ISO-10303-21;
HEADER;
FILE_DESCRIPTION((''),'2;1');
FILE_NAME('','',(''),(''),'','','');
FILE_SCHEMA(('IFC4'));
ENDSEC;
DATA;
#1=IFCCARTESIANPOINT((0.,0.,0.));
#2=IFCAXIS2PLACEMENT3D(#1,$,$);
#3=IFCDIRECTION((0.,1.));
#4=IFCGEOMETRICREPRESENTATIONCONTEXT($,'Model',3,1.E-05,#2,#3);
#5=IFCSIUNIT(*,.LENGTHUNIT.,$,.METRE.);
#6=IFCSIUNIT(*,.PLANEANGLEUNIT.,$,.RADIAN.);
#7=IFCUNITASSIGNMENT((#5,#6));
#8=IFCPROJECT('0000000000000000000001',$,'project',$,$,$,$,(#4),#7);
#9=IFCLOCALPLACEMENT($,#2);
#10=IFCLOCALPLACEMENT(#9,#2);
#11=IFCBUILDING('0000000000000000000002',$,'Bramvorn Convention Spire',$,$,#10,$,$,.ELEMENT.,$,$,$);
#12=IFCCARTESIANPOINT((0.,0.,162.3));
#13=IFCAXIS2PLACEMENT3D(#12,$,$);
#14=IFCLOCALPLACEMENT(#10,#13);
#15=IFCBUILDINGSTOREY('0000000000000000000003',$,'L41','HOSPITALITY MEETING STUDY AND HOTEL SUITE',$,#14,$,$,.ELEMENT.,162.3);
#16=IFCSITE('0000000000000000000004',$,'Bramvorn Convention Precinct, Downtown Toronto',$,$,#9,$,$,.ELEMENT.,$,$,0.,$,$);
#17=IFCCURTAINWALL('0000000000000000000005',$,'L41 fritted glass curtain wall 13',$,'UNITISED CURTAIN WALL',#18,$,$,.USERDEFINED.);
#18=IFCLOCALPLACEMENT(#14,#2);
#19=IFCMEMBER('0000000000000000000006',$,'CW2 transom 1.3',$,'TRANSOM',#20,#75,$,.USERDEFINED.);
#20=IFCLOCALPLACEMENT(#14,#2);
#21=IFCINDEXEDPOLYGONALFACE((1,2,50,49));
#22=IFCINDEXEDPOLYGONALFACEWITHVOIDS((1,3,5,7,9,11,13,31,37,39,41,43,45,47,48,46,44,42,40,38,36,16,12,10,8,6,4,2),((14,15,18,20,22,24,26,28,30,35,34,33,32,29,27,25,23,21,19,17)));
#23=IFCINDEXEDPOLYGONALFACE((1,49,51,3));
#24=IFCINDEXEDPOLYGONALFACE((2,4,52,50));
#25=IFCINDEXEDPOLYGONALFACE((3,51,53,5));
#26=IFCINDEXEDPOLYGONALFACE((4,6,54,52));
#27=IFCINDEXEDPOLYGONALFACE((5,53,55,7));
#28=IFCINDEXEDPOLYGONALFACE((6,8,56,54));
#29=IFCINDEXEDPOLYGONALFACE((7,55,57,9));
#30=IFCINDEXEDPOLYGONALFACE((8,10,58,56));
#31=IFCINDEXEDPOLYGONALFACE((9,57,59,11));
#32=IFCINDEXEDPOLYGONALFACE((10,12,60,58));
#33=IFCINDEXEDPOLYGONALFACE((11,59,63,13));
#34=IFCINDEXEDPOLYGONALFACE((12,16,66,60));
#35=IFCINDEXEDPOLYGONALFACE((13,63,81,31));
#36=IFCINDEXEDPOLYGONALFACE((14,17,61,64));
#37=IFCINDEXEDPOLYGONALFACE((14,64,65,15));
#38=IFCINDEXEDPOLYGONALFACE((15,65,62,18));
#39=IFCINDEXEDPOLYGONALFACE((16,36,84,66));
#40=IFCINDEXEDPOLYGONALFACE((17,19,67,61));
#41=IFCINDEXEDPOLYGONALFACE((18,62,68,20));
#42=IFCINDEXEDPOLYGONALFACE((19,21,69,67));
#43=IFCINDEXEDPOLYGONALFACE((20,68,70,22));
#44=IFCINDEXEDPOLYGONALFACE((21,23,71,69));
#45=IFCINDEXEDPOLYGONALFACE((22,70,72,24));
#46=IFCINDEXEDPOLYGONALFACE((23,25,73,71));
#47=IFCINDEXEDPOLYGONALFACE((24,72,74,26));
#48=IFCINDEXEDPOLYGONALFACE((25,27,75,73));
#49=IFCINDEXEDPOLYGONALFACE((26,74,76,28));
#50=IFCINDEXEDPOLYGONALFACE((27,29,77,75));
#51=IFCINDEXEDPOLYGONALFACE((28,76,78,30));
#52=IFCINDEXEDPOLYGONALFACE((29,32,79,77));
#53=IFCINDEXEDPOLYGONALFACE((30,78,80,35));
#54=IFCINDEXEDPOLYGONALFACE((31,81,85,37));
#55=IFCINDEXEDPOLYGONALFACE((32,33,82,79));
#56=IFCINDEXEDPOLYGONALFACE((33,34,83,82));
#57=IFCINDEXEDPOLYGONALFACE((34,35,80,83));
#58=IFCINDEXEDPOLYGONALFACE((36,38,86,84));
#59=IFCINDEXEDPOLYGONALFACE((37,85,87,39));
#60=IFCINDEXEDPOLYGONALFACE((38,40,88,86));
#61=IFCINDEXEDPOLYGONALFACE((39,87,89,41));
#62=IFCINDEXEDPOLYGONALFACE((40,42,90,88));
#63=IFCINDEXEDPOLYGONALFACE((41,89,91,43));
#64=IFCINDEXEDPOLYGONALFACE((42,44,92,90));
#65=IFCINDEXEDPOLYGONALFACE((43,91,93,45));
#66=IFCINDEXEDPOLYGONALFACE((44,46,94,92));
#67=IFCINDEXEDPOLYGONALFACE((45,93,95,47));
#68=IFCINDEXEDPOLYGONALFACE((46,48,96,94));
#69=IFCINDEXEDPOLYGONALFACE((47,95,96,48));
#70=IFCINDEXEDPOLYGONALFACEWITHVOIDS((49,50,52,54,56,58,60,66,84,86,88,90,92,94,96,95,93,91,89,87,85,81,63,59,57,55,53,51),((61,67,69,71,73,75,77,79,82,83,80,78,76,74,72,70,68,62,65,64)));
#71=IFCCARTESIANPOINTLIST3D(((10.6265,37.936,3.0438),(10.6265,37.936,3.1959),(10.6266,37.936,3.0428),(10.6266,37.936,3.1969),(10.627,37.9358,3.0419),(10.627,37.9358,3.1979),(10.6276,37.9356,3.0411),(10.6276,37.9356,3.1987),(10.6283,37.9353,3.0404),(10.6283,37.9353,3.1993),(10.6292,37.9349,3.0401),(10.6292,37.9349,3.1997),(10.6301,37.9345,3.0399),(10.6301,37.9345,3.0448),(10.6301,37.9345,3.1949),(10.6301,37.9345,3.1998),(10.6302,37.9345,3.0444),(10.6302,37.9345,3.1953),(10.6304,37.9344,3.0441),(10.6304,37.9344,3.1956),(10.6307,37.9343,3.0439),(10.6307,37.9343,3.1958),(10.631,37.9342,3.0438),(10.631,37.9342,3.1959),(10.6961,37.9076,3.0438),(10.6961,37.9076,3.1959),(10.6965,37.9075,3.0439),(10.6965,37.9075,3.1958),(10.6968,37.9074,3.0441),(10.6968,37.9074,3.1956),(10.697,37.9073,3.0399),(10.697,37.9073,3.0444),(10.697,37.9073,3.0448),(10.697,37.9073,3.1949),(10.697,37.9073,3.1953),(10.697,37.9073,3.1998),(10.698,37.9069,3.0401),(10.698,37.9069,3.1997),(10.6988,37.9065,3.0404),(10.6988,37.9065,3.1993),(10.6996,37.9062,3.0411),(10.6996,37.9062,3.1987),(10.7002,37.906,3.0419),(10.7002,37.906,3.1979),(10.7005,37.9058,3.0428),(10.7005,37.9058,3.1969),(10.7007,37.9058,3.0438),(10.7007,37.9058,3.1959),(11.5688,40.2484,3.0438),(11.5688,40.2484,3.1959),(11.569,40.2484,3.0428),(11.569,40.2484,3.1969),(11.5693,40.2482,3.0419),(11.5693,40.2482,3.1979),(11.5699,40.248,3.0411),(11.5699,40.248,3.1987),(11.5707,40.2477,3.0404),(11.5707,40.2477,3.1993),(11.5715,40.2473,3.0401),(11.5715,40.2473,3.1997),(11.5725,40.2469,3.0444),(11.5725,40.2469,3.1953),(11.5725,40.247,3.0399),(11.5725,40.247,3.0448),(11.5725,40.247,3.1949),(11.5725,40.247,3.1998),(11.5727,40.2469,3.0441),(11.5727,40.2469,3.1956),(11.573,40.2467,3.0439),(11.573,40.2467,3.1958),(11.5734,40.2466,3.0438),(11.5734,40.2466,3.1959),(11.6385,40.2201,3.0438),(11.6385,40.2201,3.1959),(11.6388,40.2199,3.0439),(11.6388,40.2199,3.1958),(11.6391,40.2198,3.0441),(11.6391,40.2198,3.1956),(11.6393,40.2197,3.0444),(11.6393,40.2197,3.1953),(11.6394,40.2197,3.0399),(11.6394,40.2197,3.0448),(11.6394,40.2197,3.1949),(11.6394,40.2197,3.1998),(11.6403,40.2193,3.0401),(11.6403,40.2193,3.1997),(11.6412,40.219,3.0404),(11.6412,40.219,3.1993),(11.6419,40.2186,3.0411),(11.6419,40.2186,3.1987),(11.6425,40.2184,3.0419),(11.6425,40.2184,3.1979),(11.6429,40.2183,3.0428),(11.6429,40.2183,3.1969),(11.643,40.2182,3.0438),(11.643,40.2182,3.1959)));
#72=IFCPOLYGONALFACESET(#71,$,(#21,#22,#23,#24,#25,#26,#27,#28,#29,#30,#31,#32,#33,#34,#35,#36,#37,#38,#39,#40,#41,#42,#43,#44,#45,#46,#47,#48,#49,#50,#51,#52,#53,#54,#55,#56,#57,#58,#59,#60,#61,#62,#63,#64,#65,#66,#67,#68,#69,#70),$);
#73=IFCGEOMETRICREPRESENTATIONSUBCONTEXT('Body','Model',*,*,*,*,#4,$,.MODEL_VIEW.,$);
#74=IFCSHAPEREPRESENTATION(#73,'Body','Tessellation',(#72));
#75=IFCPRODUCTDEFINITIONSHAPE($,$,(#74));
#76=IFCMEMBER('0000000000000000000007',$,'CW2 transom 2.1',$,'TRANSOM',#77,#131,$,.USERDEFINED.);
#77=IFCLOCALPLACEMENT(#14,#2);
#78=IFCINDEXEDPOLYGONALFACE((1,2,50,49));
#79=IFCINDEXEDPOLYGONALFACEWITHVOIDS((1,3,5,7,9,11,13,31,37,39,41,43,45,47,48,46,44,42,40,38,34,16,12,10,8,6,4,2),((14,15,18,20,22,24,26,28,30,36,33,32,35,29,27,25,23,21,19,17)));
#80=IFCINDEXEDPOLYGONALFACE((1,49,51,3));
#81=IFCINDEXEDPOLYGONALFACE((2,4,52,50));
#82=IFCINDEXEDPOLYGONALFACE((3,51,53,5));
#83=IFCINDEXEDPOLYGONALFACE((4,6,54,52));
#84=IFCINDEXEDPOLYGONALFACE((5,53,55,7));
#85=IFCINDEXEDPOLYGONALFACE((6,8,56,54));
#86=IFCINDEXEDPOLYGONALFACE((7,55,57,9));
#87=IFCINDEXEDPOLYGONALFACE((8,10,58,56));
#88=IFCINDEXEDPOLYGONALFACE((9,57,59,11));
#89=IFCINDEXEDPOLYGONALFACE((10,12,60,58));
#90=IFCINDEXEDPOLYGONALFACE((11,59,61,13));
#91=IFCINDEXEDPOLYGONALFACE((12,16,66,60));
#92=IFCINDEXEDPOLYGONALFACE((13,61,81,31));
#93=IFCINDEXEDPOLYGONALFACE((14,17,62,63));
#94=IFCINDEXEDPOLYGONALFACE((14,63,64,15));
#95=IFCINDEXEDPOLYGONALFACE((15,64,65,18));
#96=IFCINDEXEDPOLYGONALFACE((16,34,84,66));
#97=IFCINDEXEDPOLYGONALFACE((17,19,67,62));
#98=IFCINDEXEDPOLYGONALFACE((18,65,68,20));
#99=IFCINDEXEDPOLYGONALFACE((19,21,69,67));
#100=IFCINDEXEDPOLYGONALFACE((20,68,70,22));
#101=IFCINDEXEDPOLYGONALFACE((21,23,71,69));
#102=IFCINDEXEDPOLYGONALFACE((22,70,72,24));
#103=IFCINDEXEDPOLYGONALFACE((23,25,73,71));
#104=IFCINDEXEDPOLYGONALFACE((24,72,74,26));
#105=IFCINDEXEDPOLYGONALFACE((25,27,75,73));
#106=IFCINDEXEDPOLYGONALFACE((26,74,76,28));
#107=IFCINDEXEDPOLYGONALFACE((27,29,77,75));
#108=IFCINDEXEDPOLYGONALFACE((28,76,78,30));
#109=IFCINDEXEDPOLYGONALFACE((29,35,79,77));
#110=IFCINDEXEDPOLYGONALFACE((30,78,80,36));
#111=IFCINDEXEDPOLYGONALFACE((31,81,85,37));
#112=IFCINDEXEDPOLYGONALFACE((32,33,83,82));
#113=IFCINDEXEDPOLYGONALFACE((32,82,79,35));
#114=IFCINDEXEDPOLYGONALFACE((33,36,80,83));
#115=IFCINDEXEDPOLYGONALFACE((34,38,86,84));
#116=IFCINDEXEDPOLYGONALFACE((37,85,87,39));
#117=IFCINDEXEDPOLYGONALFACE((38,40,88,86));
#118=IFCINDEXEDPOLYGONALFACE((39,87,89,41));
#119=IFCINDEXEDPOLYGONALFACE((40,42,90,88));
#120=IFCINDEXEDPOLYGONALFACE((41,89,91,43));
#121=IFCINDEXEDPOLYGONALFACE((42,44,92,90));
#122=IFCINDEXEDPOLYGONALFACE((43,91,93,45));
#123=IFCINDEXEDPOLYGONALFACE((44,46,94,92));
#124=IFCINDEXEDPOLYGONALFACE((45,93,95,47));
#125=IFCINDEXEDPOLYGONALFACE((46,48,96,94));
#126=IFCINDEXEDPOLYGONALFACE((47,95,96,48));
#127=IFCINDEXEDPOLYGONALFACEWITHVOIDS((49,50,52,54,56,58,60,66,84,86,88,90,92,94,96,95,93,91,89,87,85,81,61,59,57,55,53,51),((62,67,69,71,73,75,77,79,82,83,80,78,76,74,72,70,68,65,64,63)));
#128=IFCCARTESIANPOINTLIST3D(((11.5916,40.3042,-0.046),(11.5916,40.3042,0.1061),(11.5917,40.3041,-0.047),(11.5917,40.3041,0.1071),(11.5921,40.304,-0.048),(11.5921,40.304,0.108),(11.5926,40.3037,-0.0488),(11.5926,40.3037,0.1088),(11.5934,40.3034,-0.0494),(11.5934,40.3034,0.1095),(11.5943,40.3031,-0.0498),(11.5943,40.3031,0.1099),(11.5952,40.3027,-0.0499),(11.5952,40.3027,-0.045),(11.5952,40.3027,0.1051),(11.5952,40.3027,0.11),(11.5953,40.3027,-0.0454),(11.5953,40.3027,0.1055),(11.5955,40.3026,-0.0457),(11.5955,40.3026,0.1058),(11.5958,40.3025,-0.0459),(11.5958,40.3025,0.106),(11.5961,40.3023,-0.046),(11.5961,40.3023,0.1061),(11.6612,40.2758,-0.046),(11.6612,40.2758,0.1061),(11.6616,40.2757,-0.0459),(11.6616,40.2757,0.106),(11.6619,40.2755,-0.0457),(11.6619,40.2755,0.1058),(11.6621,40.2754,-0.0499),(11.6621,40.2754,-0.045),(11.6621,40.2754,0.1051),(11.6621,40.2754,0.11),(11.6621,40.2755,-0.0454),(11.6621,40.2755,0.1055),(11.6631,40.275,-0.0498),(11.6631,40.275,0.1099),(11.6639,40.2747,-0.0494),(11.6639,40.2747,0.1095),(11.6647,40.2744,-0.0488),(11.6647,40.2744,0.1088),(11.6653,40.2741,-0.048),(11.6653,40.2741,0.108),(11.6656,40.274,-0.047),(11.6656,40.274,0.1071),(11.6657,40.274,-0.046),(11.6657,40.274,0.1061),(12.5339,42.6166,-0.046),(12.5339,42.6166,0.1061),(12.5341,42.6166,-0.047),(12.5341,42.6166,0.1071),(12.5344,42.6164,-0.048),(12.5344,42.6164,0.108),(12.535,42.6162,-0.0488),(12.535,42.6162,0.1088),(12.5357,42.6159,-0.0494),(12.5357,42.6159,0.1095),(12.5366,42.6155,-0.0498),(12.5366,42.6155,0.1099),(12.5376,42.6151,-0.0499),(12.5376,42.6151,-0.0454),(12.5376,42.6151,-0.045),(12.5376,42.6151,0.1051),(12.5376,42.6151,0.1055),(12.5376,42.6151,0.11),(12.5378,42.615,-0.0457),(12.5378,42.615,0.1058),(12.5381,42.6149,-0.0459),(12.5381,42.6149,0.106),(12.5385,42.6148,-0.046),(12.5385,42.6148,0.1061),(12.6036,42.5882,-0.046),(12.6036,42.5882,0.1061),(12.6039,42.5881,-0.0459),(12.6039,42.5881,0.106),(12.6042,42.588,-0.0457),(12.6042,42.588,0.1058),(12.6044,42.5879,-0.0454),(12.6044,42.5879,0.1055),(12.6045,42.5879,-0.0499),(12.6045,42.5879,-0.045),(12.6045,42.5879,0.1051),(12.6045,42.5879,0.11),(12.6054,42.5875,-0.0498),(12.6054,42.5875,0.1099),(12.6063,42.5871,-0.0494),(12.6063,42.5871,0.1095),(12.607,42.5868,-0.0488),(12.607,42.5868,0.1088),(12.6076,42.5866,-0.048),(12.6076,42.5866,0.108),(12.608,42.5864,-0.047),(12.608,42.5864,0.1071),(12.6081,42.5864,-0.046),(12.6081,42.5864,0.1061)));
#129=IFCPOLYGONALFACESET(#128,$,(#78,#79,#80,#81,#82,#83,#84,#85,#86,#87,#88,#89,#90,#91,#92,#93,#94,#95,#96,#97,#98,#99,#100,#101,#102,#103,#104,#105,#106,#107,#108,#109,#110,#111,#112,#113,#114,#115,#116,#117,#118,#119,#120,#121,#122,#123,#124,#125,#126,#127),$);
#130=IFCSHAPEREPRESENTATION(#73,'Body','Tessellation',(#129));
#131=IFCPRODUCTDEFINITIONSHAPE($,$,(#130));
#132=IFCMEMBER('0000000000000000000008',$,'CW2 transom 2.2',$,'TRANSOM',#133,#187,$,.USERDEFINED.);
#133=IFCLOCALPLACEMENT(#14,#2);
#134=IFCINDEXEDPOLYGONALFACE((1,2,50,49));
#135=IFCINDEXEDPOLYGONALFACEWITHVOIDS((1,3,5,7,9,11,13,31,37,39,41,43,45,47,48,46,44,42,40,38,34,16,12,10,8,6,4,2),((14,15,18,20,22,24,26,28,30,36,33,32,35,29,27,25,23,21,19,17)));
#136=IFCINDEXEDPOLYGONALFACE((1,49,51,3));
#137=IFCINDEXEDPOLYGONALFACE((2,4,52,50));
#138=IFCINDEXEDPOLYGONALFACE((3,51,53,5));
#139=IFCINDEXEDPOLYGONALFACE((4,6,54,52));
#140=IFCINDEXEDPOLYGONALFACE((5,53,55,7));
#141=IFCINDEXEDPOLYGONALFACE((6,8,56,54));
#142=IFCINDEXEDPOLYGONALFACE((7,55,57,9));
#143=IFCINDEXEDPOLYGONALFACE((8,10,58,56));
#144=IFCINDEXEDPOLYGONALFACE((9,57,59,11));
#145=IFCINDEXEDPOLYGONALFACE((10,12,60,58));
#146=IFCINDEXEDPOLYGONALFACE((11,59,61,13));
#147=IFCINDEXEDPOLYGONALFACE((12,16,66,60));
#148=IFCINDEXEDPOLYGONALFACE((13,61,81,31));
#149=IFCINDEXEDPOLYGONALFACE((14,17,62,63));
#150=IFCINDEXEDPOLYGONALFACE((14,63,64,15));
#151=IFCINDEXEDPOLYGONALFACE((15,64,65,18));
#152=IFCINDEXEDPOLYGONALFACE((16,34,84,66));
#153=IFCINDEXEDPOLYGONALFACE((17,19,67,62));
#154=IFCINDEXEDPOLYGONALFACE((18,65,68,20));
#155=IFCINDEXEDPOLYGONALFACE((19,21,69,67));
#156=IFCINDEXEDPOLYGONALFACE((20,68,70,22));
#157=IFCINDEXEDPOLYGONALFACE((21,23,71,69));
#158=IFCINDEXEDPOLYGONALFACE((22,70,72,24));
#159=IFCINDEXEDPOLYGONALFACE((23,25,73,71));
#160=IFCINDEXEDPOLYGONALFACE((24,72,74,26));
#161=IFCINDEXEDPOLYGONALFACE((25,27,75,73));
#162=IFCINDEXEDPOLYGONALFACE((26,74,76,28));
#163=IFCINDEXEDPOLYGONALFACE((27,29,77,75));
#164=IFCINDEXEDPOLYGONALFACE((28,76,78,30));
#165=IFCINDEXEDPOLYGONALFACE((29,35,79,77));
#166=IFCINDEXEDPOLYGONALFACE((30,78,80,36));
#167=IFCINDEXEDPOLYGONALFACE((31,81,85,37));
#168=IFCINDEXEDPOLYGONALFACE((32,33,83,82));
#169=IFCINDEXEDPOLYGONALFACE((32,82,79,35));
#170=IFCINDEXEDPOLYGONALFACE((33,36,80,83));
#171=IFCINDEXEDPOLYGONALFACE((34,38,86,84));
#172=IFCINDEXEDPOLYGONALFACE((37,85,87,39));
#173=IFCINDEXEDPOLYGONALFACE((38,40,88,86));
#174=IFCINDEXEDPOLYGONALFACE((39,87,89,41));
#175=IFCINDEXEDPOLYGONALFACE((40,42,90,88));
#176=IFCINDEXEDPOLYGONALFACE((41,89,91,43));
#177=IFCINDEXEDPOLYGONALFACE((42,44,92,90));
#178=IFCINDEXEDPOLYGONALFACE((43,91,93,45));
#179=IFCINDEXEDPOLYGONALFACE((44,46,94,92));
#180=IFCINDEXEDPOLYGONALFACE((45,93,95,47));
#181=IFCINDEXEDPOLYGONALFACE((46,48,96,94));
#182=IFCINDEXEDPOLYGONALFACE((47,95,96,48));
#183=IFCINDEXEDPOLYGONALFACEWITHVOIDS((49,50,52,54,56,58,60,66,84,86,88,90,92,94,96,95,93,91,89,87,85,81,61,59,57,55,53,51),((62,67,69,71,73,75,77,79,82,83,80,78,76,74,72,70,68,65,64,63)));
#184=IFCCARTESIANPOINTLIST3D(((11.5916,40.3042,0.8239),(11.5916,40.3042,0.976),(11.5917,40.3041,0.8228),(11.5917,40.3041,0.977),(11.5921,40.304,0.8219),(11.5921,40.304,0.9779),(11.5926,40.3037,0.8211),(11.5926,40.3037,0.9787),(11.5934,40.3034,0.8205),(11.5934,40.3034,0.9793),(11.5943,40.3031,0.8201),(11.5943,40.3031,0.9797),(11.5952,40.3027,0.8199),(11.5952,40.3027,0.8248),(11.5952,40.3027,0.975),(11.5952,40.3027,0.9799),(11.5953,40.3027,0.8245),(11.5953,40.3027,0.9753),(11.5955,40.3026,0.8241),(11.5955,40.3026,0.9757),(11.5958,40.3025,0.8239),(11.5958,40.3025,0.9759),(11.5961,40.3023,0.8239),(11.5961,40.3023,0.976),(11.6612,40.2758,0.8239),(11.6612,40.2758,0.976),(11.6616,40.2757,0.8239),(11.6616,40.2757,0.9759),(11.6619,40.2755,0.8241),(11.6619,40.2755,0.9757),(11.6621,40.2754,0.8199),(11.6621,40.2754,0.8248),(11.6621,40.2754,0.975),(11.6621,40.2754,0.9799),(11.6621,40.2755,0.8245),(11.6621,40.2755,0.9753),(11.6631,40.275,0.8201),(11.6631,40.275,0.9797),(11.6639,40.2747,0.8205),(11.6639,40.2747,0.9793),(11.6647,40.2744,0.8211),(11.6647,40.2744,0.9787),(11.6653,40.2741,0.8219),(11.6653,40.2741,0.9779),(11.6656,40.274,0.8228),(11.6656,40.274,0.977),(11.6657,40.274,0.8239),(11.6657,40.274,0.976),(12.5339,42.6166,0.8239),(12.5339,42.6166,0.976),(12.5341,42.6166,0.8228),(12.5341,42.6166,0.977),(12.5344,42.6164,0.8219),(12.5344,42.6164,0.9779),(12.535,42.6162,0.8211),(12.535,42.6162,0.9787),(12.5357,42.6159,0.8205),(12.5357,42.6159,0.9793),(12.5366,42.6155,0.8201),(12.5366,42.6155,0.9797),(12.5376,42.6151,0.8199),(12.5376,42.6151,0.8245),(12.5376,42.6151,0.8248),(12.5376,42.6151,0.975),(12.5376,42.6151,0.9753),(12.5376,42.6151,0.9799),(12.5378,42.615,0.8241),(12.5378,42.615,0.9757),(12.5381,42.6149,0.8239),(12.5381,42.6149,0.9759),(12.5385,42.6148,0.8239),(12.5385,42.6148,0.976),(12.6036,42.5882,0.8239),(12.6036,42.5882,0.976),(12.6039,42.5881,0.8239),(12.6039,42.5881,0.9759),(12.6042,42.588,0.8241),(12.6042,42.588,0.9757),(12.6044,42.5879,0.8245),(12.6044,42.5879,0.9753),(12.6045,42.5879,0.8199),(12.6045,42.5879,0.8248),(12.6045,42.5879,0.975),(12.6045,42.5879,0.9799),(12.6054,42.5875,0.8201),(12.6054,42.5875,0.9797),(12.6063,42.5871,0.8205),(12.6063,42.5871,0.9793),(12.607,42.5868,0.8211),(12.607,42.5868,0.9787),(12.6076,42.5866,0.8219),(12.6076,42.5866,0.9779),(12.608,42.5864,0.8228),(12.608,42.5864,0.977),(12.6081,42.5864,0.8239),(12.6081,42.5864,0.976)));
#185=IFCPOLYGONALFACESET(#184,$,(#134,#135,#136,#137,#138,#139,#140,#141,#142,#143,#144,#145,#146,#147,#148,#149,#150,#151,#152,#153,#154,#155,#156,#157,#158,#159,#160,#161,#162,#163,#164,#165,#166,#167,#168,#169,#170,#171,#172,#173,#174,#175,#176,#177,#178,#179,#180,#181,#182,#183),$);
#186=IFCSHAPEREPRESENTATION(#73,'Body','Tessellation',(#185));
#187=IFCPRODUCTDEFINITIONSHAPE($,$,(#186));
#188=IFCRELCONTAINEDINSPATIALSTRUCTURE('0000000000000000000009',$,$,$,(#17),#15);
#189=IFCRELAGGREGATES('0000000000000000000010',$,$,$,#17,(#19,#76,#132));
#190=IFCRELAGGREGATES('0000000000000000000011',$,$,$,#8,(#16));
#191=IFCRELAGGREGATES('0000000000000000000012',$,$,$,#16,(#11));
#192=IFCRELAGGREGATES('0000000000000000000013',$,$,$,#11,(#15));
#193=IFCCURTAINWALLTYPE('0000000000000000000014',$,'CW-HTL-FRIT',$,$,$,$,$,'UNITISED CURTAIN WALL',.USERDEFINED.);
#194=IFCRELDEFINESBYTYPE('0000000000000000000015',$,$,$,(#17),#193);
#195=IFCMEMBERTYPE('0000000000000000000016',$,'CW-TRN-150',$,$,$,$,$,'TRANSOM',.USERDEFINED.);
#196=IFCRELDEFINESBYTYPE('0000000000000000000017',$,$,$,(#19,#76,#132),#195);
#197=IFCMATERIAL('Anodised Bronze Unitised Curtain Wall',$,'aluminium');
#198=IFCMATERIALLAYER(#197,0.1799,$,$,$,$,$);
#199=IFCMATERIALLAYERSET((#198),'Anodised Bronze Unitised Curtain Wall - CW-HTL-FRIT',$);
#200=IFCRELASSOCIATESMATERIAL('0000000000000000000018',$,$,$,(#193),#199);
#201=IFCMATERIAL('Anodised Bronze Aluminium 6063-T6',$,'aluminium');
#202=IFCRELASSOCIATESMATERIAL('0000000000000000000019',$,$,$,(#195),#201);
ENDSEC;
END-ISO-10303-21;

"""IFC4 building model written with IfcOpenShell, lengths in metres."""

from ifc_helpers import new_model, si_unit, direction, frame, origin, origin_2d, place, context, subcontext, project, spatial, hollow_rectangle, extrude, material, layer, layer_set, material_profile, profile_set, type_object, element, aggregate, save


model = new_model("IFC4")

# Units and contexts
model_context = context("Model", 3, precision=1e-05, world=origin(), true_north=direction((0.0, 1.0)))
body_context = subcontext(model_context, "Body", "Model", "MODEL_VIEW")
ifc_project = project(units=[si_unit("LENGTHUNIT", "METRE"), si_unit("PLANEANGLEUNIT", "RADIAN")], contexts=[model_context])

# Site, building, storey
site_placement = place(None, origin())
site = spatial("IfcSite", under=ifc_project, at=site_placement, Name="Bramvorn Convention Precinct, Downtown Toronto", CompositionType="ELEMENT", RefElevation=0.0)
building_placement = place(site_placement, origin())
building = spatial("IfcBuilding", under=site, at=building_placement, Name="Bramvorn Convention Spire", CompositionType="ELEMENT")
storey_placement = place(building_placement, frame((0.0, 0.0, 162.3)))
storey = spatial("IfcBuildingStorey", under=building, at=storey_placement, Name="L41", Description="HOSPITALITY MEETING STUDY AND HOTEL SUITE", CompositionType="ELEMENT", Elevation=162.3)

# Shared definitions
ifc_material_1 = material(Name="Anodised Bronze Unitised Curtain Wall", Category="aluminium")
ifc_layer_1 = layer(ifc_material_1, 0.1799)
ifc_layer_set_1 = layer_set([ifc_layer_1], Name="Anodised Bronze Unitised Curtain Wall - CW-HTL-FRIT")
curtain_wall_type = type_object("IfcCurtainWallType", Name="CW-HTL-FRIT", ElementType="UNITISED CURTAIN WALL", PredefinedType="USERDEFINED", material=ifc_layer_set_1)
ifc_material_2 = material(Name="Anodised Bronze Aluminium 6063-T6", Category="aluminium")

# Curtain wall
curtain_wall_1_placement = place(storey_placement, origin())
curtain_wall_1 = element("IfcCurtainWall", 1, at=curtain_wall_1_placement, inside=storey, type_object=curtain_wall_type, Name="L41 fritted glass curtain wall 13", ObjectType="UNITISED CURTAIN WALL", PredefinedType="USERDEFINED")

# Members
ifc_material_profile_1 = material_profile(ifc_material_2, hollow_rectangle(XDim=0.0801, YDim=0.1599, WallThickness=0.0039, InnerFilletRadius=0.001, OuterFilletRadius=0.0039, at=origin_2d()))
ifc_profile_set_1 = profile_set([ifc_material_profile_1], Name="Anodised Bronze Aluminium 6063-T6 - CWT80X160")
member_type_1 = type_object("IfcMemberType", Name="CW-TRN-150", ElementType="TRANSOM", PredefinedType="USERDEFINED", material=ifc_profile_set_1)
member_1_placement = place(storey_placement, frame((10.6636, 37.9209, 3.1199), z_axis=(0.377384, 0.926057, 0.0), x_axis=(-0.926057, 0.377384, 0.0)))
member_1 = element("IfcMember", 2, at=member_1_placement, type_object=member_type_1, Name="CW2 transom 1.3", ObjectType="TRANSOM", PredefinedType="USERDEFINED", context=body_context, shape_type="SweptSolid", body=[
    extrude(hollow_rectangle(XDim=0.0801, YDim=0.1599, WallThickness=0.0039, InnerFilletRadius=0.001, OuterFilletRadius=0.0039, at=origin_2d()), origin(), (0.0, 0.0, 1.0), 2.4971),
])
member_2_placement = place(storey_placement, frame((11.6287, 40.2891, 0.03), z_axis=(0.377384, 0.926057, 0.0), x_axis=(-0.926057, 0.377384, 0.0)))
member_2 = element("IfcMember", 3, at=member_2_placement, type_object=member_type_1, Name="CW2 transom 2.1", ObjectType="TRANSOM", PredefinedType="USERDEFINED", context=body_context, shape_type="SweptSolid", body=[
    extrude(hollow_rectangle(XDim=0.0801, YDim=0.1599, WallThickness=0.0039, InnerFilletRadius=0.001, OuterFilletRadius=0.0039, at=origin_2d()), origin(), (0.0, 0.0, 1.0), 2.4971),
])
member_3_placement = place(storey_placement, frame((11.6287, 40.2891, 0.8999), z_axis=(0.377384, 0.926057, 0.0), x_axis=(-0.926057, 0.377384, 0.0)))
member_3 = element("IfcMember", 4, at=member_3_placement, type_object=member_type_1, Name="CW2 transom 2.2", ObjectType="TRANSOM", PredefinedType="USERDEFINED", context=body_context, shape_type="SweptSolid", body=[
    extrude(hollow_rectangle(XDim=0.0801, YDim=0.1599, WallThickness=0.0039, InnerFilletRadius=0.001, OuterFilletRadius=0.0039, at=origin_2d()), origin(), (0.0, 0.0, 1.0), 2.4971),
])

aggregate(curtain_wall_1, [member_1, member_2, member_3])

save(model, "model.ifc")
